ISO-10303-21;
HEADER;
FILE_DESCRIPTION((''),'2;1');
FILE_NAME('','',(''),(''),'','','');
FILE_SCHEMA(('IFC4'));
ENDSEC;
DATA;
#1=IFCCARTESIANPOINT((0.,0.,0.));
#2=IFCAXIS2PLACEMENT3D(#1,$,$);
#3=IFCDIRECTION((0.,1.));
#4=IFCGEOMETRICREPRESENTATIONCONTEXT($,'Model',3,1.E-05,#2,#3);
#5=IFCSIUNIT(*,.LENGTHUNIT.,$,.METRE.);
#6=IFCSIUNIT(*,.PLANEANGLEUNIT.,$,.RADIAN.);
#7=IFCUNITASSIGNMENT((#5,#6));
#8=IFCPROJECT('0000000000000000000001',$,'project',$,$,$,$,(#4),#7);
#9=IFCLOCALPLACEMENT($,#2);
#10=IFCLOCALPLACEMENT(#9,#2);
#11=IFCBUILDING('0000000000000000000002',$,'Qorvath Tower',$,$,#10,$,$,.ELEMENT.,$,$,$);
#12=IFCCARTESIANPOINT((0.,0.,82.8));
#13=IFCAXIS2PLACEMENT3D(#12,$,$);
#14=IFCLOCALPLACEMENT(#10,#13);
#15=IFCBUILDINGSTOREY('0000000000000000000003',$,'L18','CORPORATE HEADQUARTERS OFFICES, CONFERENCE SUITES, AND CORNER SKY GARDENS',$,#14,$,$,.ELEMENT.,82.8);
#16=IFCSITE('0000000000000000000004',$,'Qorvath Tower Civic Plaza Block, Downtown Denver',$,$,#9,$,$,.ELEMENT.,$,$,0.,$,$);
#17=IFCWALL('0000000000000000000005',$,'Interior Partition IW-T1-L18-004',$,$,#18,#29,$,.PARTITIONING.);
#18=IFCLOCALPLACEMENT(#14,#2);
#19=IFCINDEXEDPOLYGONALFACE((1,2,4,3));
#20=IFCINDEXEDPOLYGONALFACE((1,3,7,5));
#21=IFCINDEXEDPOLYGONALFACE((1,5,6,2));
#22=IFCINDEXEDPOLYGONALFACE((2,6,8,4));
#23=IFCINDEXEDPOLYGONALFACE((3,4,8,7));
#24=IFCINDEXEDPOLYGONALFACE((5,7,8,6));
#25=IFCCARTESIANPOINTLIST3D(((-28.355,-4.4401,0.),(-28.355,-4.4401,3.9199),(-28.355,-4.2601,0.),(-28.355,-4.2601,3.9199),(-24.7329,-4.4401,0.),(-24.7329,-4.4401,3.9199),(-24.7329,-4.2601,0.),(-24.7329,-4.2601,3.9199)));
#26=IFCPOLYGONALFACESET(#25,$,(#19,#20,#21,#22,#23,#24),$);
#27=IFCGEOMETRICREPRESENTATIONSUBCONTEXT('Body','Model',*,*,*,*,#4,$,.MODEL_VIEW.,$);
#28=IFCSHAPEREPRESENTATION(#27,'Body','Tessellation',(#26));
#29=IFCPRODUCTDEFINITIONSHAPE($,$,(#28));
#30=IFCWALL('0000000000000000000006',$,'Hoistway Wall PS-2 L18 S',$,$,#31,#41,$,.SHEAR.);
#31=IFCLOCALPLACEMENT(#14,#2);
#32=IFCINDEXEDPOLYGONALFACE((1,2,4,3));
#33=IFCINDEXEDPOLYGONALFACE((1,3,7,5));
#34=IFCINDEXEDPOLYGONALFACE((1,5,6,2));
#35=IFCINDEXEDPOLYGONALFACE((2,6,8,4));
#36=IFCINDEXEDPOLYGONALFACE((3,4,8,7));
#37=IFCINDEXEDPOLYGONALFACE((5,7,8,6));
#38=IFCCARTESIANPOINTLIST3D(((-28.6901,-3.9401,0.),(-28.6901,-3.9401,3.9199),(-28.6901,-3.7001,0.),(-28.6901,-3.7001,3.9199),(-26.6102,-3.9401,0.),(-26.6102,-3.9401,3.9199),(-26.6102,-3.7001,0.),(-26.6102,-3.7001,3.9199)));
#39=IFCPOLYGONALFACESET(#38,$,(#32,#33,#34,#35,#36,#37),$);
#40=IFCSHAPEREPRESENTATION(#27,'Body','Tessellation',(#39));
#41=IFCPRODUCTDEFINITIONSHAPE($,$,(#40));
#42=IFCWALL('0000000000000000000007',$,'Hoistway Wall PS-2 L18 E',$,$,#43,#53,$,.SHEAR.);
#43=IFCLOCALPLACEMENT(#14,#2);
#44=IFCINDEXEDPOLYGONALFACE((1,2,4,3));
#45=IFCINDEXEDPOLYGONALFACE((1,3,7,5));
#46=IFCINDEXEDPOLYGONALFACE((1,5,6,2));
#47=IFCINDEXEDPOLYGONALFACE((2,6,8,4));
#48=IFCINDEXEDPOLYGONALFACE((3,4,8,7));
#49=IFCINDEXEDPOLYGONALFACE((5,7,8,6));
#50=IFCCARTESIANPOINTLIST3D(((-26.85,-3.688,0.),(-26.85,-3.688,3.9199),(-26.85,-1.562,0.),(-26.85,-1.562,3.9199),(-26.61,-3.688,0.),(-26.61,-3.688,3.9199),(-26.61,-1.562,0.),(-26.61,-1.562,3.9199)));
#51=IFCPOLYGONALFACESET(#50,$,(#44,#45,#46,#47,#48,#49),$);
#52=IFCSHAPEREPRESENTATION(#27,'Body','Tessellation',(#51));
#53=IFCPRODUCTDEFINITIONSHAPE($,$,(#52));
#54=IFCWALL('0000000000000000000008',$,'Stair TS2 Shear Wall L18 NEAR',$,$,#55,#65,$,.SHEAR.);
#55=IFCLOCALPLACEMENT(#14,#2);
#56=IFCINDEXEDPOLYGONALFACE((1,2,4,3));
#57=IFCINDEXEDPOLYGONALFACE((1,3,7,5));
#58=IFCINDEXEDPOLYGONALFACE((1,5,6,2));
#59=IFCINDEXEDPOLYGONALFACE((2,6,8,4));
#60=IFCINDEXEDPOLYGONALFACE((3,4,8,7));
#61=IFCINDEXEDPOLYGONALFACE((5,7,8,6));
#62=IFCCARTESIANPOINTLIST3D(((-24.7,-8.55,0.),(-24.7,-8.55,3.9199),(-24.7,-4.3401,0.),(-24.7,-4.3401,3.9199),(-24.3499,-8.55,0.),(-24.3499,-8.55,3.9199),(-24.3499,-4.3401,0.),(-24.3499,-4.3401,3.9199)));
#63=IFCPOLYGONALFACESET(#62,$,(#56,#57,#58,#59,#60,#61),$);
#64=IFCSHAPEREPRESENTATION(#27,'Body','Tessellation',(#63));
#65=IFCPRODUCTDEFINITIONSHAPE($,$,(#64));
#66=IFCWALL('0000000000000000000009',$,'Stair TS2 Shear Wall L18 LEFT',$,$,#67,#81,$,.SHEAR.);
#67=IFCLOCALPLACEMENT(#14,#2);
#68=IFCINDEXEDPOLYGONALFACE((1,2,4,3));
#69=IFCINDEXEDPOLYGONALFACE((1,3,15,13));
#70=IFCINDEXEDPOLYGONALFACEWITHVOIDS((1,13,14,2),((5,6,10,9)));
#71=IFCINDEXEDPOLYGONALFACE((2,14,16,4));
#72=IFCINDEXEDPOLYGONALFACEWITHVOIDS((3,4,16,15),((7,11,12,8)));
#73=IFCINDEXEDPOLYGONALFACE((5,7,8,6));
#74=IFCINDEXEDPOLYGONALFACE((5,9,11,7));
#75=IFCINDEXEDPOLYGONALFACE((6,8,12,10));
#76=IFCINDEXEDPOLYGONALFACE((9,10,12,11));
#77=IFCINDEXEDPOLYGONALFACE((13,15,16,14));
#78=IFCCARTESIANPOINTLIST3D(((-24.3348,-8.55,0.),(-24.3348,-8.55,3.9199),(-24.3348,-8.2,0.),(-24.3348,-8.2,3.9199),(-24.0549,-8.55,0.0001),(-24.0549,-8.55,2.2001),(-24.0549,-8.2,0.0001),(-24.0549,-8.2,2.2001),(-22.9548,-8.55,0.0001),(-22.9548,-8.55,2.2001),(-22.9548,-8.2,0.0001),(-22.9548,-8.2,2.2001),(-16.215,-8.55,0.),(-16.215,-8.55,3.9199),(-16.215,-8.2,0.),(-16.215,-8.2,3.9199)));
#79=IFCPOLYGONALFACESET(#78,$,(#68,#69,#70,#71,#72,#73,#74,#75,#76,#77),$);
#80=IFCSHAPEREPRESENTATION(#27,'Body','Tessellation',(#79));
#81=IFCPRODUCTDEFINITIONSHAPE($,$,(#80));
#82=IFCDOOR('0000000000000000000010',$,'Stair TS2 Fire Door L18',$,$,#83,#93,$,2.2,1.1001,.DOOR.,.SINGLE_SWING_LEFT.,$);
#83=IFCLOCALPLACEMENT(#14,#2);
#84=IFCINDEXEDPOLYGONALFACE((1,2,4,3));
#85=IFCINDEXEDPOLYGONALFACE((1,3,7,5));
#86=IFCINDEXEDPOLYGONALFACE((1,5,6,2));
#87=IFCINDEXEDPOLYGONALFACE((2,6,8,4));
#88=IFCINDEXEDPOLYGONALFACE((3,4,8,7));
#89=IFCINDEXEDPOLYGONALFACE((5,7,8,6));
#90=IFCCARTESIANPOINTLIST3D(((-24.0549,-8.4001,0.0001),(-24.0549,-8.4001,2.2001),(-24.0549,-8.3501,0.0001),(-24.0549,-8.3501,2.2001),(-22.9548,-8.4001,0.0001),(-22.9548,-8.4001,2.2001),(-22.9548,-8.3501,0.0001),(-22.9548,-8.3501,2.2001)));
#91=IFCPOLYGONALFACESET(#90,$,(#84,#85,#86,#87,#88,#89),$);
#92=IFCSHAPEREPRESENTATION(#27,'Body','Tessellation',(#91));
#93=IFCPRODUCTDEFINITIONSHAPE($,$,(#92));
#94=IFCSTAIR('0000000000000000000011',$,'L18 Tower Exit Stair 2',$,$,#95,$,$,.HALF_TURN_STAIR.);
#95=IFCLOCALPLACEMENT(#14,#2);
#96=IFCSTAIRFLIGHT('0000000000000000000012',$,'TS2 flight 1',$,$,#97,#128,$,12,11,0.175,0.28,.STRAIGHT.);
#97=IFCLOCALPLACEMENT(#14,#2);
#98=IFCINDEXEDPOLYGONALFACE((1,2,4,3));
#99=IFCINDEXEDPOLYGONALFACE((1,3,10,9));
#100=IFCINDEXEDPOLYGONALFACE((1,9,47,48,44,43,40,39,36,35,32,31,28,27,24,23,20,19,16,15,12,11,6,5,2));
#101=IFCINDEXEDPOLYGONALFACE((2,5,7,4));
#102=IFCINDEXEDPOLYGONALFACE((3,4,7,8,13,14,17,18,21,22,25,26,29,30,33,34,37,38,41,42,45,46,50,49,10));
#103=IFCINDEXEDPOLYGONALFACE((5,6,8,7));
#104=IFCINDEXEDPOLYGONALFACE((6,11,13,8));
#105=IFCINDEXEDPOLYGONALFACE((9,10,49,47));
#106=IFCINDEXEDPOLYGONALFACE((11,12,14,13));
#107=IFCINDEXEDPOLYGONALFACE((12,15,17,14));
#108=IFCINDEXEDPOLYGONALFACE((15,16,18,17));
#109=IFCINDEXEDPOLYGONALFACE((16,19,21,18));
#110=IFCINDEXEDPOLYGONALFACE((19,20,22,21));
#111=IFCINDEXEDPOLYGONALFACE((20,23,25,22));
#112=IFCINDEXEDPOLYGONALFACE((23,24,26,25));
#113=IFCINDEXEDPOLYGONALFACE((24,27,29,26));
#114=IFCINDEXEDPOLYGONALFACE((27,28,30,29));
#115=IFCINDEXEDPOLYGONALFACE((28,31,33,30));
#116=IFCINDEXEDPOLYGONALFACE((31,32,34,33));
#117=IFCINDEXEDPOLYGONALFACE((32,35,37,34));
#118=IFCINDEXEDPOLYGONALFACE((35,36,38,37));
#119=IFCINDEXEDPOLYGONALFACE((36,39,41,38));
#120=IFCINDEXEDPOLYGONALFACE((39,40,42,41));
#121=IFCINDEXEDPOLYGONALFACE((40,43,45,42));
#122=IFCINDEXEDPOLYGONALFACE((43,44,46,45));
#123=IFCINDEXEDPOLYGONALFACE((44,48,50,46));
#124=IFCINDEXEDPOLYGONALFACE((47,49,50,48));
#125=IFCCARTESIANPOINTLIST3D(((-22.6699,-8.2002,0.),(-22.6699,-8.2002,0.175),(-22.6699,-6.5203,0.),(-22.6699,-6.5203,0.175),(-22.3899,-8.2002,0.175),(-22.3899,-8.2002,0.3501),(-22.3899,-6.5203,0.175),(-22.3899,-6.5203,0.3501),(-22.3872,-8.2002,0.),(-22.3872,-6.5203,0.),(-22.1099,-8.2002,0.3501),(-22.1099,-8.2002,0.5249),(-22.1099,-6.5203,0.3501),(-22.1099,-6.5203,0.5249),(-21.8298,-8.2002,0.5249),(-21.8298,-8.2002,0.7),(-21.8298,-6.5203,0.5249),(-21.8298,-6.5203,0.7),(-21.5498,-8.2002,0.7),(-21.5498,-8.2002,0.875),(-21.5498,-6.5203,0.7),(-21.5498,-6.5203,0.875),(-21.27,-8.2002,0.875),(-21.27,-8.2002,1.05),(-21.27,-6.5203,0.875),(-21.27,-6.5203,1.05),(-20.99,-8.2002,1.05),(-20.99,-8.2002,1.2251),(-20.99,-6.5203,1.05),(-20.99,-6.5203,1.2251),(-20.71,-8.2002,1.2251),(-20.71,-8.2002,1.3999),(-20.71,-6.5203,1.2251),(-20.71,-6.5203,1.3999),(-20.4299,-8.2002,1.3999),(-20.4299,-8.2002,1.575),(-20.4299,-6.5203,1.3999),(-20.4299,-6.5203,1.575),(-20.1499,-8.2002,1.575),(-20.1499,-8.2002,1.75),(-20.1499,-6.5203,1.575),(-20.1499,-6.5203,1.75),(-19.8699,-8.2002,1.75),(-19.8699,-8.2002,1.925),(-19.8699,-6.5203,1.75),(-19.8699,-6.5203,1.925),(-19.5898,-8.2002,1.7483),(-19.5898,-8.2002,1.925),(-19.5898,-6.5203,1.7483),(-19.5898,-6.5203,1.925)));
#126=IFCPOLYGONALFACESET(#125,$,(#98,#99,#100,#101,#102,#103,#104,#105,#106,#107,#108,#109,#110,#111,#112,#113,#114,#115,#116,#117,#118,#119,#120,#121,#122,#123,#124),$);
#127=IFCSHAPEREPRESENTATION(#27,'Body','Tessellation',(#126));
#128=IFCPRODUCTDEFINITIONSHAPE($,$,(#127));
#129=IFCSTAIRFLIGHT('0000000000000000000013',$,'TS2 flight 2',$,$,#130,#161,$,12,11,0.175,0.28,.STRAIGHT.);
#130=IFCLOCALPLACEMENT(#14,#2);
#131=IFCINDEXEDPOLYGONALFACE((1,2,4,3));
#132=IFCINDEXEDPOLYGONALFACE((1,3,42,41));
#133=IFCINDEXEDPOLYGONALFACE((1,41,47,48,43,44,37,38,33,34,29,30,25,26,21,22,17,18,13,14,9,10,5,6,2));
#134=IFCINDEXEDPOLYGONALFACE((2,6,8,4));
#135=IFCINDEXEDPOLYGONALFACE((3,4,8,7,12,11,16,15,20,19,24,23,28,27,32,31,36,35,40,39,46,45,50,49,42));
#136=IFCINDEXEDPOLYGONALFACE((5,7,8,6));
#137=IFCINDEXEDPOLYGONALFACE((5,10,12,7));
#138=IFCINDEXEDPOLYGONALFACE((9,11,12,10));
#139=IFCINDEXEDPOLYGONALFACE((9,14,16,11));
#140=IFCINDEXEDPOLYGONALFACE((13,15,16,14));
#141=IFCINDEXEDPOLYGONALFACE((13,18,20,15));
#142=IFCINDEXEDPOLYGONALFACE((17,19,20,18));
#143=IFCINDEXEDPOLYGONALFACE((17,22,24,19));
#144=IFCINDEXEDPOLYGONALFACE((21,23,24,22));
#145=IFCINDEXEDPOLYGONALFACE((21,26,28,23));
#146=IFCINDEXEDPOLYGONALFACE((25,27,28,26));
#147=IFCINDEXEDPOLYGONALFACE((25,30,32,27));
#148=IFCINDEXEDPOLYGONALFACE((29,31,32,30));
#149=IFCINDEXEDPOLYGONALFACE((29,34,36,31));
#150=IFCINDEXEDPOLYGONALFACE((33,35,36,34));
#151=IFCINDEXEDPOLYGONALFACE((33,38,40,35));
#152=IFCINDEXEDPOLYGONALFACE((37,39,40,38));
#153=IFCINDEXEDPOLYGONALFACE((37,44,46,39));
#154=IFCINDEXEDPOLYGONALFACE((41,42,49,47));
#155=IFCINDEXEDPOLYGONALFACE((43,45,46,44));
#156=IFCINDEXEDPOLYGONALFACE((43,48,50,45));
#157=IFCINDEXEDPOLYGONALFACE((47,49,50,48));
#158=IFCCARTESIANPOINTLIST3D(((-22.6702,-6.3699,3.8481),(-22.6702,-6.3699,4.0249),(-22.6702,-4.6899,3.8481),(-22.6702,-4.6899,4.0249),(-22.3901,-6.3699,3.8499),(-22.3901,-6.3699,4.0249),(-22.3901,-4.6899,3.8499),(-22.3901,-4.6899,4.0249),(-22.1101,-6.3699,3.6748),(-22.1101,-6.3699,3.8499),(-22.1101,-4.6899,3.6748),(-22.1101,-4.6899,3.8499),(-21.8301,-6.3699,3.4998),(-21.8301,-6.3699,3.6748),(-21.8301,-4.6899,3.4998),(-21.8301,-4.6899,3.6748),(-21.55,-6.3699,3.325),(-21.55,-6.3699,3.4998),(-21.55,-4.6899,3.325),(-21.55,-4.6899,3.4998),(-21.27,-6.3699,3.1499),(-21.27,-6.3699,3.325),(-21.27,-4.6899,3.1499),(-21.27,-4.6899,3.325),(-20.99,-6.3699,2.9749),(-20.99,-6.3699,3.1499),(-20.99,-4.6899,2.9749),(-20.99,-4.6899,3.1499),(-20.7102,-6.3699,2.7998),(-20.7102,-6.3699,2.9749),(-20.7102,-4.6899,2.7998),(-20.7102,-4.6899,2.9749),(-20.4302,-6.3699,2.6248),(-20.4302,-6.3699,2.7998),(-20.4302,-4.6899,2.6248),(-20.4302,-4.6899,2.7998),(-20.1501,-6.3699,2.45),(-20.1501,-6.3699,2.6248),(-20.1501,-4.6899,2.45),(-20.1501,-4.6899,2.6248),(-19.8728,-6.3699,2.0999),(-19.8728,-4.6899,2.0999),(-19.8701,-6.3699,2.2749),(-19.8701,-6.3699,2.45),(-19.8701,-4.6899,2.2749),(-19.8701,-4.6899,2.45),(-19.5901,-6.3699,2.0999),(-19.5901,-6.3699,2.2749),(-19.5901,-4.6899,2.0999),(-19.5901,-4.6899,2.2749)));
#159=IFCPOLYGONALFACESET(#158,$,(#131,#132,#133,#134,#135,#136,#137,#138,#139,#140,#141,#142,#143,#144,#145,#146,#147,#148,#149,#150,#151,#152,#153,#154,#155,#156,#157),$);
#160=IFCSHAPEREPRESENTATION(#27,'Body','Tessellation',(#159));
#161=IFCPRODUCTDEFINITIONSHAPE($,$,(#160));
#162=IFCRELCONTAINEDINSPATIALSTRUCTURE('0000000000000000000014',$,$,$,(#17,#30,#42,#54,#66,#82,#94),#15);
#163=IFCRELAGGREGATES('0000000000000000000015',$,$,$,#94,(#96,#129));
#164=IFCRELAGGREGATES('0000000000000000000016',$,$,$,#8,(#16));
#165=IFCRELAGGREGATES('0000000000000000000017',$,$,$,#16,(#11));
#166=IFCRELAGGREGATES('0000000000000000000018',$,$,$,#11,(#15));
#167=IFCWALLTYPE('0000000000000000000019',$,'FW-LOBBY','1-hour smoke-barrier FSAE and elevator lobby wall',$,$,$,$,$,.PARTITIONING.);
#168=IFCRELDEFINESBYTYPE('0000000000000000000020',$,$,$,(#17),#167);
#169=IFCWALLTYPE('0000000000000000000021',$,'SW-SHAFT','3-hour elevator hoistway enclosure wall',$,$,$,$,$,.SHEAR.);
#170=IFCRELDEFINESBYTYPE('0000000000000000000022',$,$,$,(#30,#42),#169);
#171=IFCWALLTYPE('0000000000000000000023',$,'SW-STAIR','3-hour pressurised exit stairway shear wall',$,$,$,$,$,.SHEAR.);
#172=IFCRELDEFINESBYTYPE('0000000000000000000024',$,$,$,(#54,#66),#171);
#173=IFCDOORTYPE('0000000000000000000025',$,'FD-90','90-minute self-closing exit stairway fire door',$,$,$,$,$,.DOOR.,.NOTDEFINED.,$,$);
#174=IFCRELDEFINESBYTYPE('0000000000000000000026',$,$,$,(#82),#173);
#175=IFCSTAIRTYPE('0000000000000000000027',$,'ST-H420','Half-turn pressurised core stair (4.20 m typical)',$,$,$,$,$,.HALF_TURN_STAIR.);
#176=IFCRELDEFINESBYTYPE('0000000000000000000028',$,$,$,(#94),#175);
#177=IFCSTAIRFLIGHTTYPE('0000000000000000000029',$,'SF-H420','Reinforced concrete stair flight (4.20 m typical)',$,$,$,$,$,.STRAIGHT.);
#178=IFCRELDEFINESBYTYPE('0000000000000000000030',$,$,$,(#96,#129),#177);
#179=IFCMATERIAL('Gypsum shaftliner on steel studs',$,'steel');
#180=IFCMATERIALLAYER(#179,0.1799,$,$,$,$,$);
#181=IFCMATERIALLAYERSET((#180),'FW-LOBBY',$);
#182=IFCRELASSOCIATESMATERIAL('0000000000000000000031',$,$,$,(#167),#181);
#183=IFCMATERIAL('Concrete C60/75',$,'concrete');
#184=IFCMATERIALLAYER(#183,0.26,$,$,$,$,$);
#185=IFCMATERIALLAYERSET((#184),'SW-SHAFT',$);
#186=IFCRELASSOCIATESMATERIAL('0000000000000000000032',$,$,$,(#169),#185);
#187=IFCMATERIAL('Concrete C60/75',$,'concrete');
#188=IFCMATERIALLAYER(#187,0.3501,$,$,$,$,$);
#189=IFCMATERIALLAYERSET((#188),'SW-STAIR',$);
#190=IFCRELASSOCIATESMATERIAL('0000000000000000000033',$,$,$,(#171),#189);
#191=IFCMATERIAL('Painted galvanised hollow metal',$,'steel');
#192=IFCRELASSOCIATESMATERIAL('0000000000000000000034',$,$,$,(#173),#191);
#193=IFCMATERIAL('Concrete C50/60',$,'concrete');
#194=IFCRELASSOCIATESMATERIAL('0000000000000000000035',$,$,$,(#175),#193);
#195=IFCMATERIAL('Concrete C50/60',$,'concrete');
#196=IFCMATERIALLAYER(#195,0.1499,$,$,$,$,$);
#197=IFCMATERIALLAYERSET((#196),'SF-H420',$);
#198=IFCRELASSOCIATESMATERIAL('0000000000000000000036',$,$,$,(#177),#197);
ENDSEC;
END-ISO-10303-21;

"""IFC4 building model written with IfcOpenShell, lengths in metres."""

from ifc_helpers import new_model, si_unit, direction, frame, frame_2d, origin, place, context, subcontext, project, spatial, polyline, rectangle, outline, extrude, material, layer, layer_set, type_object, element, fill, aggregate, save


model = new_model("IFC4")

# Units and contexts
model_context = context("Model", 3, precision=1e-05, world=origin(), true_north=direction((0.0, 1.0)))
body_context = subcontext(model_context, "Body", "Model", "MODEL_VIEW")
ifc_project = project(units=[si_unit("LENGTHUNIT", "METRE"), si_unit("PLANEANGLEUNIT", "RADIAN")], contexts=[model_context])

# Site, building, storey
site_placement = place(None, origin())
site = spatial("IfcSite", under=ifc_project, at=site_placement, Name="Qorvath Tower Civic Plaza Block, Downtown Denver", CompositionType="ELEMENT", RefElevation=0.0)
building_placement = place(site_placement, origin())
building = spatial("IfcBuilding", under=site, at=building_placement, Name="Qorvath Tower", CompositionType="ELEMENT")
storey_placement = place(building_placement, frame((0.0, 0.0, 82.8)))
storey = spatial("IfcBuildingStorey", under=building, at=storey_placement, Name="L18", Description="CORPORATE HEADQUARTERS OFFICES, CONFERENCE SUITES, AND CORNER SKY GARDENS", CompositionType="ELEMENT", Elevation=82.8)

# Walls
ifc_material_1 = material(Name="Gypsum shaftliner on steel studs", Category="steel")
ifc_layer_1 = layer(ifc_material_1, 0.1799)
ifc_layer_set_1 = layer_set([ifc_layer_1], Name="FW-LOBBY")
wall_type_1 = type_object("IfcWallType", Name="FW-LOBBY", Description="1-hour smoke-barrier FSAE and elevator lobby wall", PredefinedType="PARTITIONING", material=ifc_layer_set_1)
wall_1_placement = place(storey_placement, frame((-24.7329, -4.3501, 0.0), z_axis=(0.0, 0.0, 1.0), x_axis=(-1.0, 0.0, 0.0)))
element("IfcWall", 1, at=wall_1_placement, inside=storey, type_object=wall_type_1, Name="Interior Partition IW-T1-L18-004", PredefinedType="PARTITIONING", context=body_context, shape_type="SweptSolid", body=[
    extrude(rectangle(XDim=3.6221, YDim=0.1799, at=frame_2d((1.811, 0.0))), origin(), (0.0, 0.0, 1.0), 3.9199),
])
ifc_material_2 = material(Name="Concrete C60/75", Category="concrete")
ifc_layer_2 = layer(ifc_material_2, 0.26)
ifc_layer_set_2 = layer_set([ifc_layer_2], Name="SW-SHAFT")
wall_type_2 = type_object("IfcWallType", Name="SW-SHAFT", Description="3-hour elevator hoistway enclosure wall", PredefinedType="SHEAR", material=ifc_layer_set_2)
wall_2_placement = place(storey_placement, frame((-26.6101, -3.8201, 0.0), z_axis=(0.0, 0.0, 1.0), x_axis=(-1.0, 0.0, 0.0)))
element("IfcWall", 2, at=wall_2_placement, inside=storey, type_object=wall_type_2, Name="Hoistway Wall PS-2 L18 S", PredefinedType="SHEAR", context=body_context, shape_type="SweptSolid", body=[
    extrude(rectangle(XDim=2.0798, YDim=0.24, at=frame_2d((1.04, 0.0))), origin(), (0.0, 0.0, 1.0), 3.9199),
])
wall_3_placement = place(storey_placement, frame((-26.73, -1.562, 0.0), z_axis=(0.0, 0.0, 1.0), x_axis=(0.0, -1.0, 0.0)))
element("IfcWall", 3, at=wall_3_placement, inside=storey, type_object=wall_type_2, Name="Hoistway Wall PS-2 L18 E", PredefinedType="SHEAR", context=body_context, shape_type="SweptSolid", body=[
    extrude(rectangle(XDim=2.126, YDim=0.24, at=frame_2d((1.063, 0.0))), origin(), (0.0, 0.0, 1.0), 3.9199),
])
ifc_material_3 = material(Name="Concrete C60/75", Category="concrete")
ifc_layer_3 = layer(ifc_material_3, 0.3501)
ifc_layer_set_3 = layer_set([ifc_layer_3], Name="SW-STAIR")
wall_type_3 = type_object("IfcWallType", Name="SW-STAIR", Description="3-hour pressurised exit stairway shear wall", PredefinedType="SHEAR", material=ifc_layer_set_3)
wall_4_placement = place(storey_placement, frame((-24.5249, -4.3401, 0.0), z_axis=(0.0, 0.0, 1.0), x_axis=(0.0, -1.0, 0.0)))
element("IfcWall", 4, at=wall_4_placement, inside=storey, type_object=wall_type_3, Name="Stair TS2 Shear Wall L18 NEAR", PredefinedType="SHEAR", context=body_context, shape_type="SweptSolid", body=[
    extrude(rectangle(XDim=4.21, YDim=0.3501, at=frame_2d((2.105, 0.0))), origin(), (0.0, 0.0, 1.0), 3.9199),
])

# Wall, opening, door
wall_5_placement = place(storey_placement, frame((-24.335, -8.375, 0.0), z_axis=(0.0, 0.0, 1.0), x_axis=(1.0, 0.0, 0.0)))
wall_5 = element("IfcWall", 5, at=wall_5_placement, inside=storey, type_object=wall_type_3, Name="Stair TS2 Shear Wall L18 LEFT", PredefinedType="SHEAR", context=body_context, shape_type="SweptSolid", body=[
    extrude(rectangle(XDim=8.1199, YDim=0.3501, at=frame_2d((4.0601, 0.0))), origin(), (0.0, 0.0, 1.0), 3.9199),
])
opening_placement = place(wall_5_placement, frame((0.28, 0.0, 0.0)))
opening = element("IfcOpeningElement", 6, at=opening_placement, cuts=wall_5, PredefinedType="OPENING", context=body_context, shape_type="SweptSolid", body=[
    extrude(rectangle(XDim=1.1001, YDim=2.2, at=frame_2d((0.55, 1.1001))), frame((0.0, 0.1851, 0.0), z_axis=(0.0, -1.0, 0.0), x_axis=(1.0, 0.0, 0.0)), (0.0, 0.0, 1.0), 0.3701),
])
ifc_material_4 = material(Name="Painted galvanised hollow metal", Category="steel")
door_type = type_object("IfcDoorType", Name="FD-90", Description="90-minute self-closing exit stairway fire door", OperationType="NOTDEFINED", PredefinedType="DOOR", material=ifc_material_4)
door_placement = place(opening_placement, origin())
door = element("IfcDoor", 7, at=door_placement, inside=storey, type_object=door_type, Name="Stair TS2 Fire Door L18", OperationType="SINGLE_SWING_LEFT", OverallHeight=2.2, OverallWidth=1.1001, PredefinedType="DOOR", context=body_context, shape_type="SweptSolid", body=[
    extrude(rectangle(XDim=1.1001, YDim=2.2, at=frame_2d((0.55, 1.1001))), frame((0.0, 0.0249, 0.0), z_axis=(0.0, -1.0, 0.0), x_axis=(1.0, 0.0, 0.0)), (0.0, 0.0, 1.0), 0.05),
])
fill(opening, door)

# Stair, stair flights
ifc_material_5 = material(Name="Concrete C50/60", Category="concrete")
stair_type = type_object("IfcStairType", Name="ST-H420", Description="Half-turn pressurised core stair (4.20 m typical)", PredefinedType="HALF_TURN_STAIR", material=ifc_material_5)
stair_placement = place(storey_placement, origin())
stair = element("IfcStair", 8, at=stair_placement, inside=storey, type_object=stair_type, Name="L18 Tower Exit Stair 2", PredefinedType="HALF_TURN_STAIR")
ifc_material_6 = material(Name="Concrete C50/60", Category="concrete")
ifc_layer_4 = layer(ifc_material_6, 0.1499)
ifc_layer_set_4 = layer_set([ifc_layer_4], Name="SF-H420")
stair_flight_type = type_object("IfcStairFlightType", Name="SF-H420", Description="Reinforced concrete stair flight (4.20 m typical)", PredefinedType="STRAIGHT", material=ifc_layer_set_4)
stair_flight_1_placement = place(storey_placement, frame((-22.6699, -7.3601, 0.0), z_axis=(0.0, 0.0, 1.0), x_axis=(1.0, 0.0, 0.0)))
stair_flight_1 = element("IfcStairFlight", 9, at=stair_flight_1_placement, type_object=stair_flight_type, Name="TS2 flight 1", NumberOfRisers=12, NumberOfTreads=11, PredefinedType="STRAIGHT", RiserHeight=0.175, TreadLength=0.28, context=body_context, shape_type="SweptSolid", body=[
    extrude(outline(polyline([(0.0, 0.0), (0.0, 0.175), (0.28, 0.175), (0.28, 0.3501), (0.5601, 0.3501), (0.5601, 0.5249), (0.8401, 0.5249), (0.8401, 0.7), (1.1201, 0.7), (1.1201, 0.875), (1.3999, 0.875), (1.3999, 1.05), (1.6799, 1.05), (1.6799, 1.2251), (1.96, 1.2251), (1.96, 1.3999), (2.24, 1.3999), (2.24, 1.575), (2.52, 1.575), (2.52, 1.75), (2.8, 1.75), (2.8, 1.925), (3.0801, 1.925), (3.0801, 2.1001), (3.0801, 1.7483), (0.2827, 0.0), (0.0, 0.0)])), frame((0.0, 0.8398, 0.0), z_axis=(0.0, -1.0, 0.0), x_axis=(1.0, 0.0, 0.0)), (0.0, 0.0, 1.0), 1.6799),
])
stair_flight_2_placement = place(storey_placement, frame((-19.5901, -5.53, 2.0999), z_axis=(0.0, 0.0, 1.0), x_axis=(-1.0, 0.0, 0.0)))
stair_flight_2 = element("IfcStairFlight", 10, at=stair_flight_2_placement, type_object=stair_flight_type, Name="TS2 flight 2", NumberOfRisers=12, NumberOfTreads=11, PredefinedType="STRAIGHT", RiserHeight=0.175, TreadLength=0.28, context=body_context, shape_type="SweptSolid", body=[
    extrude(outline(polyline([(0.0, 0.0), (0.0, 0.175), (0.28, 0.175), (0.28, 0.3501), (0.5601, 0.3501), (0.5601, 0.5249), (0.8401, 0.5249), (0.8401, 0.7), (1.1201, 0.7), (1.1201, 0.875), (1.3999, 0.875), (1.3999, 1.05), (1.6799, 1.05), (1.6799, 1.2251), (1.96, 1.2251), (1.96, 1.3999), (2.24, 1.3999), (2.24, 1.575), (2.52, 1.575), (2.52, 1.75), (2.8, 1.75), (2.8, 1.925), (3.0801, 1.925), (3.0801, 2.1001), (3.0801, 1.7483), (0.2827, 0.0), (0.0, 0.0)])), frame((0.0, 0.8398, 0.0), z_axis=(0.0, -1.0, 0.0), x_axis=(1.0, 0.0, 0.0)), (0.0, 0.0, 1.0), 1.6799),
])
aggregate(stair, [stair_flight_1, stair_flight_2])

save(model, "model.ifc")
